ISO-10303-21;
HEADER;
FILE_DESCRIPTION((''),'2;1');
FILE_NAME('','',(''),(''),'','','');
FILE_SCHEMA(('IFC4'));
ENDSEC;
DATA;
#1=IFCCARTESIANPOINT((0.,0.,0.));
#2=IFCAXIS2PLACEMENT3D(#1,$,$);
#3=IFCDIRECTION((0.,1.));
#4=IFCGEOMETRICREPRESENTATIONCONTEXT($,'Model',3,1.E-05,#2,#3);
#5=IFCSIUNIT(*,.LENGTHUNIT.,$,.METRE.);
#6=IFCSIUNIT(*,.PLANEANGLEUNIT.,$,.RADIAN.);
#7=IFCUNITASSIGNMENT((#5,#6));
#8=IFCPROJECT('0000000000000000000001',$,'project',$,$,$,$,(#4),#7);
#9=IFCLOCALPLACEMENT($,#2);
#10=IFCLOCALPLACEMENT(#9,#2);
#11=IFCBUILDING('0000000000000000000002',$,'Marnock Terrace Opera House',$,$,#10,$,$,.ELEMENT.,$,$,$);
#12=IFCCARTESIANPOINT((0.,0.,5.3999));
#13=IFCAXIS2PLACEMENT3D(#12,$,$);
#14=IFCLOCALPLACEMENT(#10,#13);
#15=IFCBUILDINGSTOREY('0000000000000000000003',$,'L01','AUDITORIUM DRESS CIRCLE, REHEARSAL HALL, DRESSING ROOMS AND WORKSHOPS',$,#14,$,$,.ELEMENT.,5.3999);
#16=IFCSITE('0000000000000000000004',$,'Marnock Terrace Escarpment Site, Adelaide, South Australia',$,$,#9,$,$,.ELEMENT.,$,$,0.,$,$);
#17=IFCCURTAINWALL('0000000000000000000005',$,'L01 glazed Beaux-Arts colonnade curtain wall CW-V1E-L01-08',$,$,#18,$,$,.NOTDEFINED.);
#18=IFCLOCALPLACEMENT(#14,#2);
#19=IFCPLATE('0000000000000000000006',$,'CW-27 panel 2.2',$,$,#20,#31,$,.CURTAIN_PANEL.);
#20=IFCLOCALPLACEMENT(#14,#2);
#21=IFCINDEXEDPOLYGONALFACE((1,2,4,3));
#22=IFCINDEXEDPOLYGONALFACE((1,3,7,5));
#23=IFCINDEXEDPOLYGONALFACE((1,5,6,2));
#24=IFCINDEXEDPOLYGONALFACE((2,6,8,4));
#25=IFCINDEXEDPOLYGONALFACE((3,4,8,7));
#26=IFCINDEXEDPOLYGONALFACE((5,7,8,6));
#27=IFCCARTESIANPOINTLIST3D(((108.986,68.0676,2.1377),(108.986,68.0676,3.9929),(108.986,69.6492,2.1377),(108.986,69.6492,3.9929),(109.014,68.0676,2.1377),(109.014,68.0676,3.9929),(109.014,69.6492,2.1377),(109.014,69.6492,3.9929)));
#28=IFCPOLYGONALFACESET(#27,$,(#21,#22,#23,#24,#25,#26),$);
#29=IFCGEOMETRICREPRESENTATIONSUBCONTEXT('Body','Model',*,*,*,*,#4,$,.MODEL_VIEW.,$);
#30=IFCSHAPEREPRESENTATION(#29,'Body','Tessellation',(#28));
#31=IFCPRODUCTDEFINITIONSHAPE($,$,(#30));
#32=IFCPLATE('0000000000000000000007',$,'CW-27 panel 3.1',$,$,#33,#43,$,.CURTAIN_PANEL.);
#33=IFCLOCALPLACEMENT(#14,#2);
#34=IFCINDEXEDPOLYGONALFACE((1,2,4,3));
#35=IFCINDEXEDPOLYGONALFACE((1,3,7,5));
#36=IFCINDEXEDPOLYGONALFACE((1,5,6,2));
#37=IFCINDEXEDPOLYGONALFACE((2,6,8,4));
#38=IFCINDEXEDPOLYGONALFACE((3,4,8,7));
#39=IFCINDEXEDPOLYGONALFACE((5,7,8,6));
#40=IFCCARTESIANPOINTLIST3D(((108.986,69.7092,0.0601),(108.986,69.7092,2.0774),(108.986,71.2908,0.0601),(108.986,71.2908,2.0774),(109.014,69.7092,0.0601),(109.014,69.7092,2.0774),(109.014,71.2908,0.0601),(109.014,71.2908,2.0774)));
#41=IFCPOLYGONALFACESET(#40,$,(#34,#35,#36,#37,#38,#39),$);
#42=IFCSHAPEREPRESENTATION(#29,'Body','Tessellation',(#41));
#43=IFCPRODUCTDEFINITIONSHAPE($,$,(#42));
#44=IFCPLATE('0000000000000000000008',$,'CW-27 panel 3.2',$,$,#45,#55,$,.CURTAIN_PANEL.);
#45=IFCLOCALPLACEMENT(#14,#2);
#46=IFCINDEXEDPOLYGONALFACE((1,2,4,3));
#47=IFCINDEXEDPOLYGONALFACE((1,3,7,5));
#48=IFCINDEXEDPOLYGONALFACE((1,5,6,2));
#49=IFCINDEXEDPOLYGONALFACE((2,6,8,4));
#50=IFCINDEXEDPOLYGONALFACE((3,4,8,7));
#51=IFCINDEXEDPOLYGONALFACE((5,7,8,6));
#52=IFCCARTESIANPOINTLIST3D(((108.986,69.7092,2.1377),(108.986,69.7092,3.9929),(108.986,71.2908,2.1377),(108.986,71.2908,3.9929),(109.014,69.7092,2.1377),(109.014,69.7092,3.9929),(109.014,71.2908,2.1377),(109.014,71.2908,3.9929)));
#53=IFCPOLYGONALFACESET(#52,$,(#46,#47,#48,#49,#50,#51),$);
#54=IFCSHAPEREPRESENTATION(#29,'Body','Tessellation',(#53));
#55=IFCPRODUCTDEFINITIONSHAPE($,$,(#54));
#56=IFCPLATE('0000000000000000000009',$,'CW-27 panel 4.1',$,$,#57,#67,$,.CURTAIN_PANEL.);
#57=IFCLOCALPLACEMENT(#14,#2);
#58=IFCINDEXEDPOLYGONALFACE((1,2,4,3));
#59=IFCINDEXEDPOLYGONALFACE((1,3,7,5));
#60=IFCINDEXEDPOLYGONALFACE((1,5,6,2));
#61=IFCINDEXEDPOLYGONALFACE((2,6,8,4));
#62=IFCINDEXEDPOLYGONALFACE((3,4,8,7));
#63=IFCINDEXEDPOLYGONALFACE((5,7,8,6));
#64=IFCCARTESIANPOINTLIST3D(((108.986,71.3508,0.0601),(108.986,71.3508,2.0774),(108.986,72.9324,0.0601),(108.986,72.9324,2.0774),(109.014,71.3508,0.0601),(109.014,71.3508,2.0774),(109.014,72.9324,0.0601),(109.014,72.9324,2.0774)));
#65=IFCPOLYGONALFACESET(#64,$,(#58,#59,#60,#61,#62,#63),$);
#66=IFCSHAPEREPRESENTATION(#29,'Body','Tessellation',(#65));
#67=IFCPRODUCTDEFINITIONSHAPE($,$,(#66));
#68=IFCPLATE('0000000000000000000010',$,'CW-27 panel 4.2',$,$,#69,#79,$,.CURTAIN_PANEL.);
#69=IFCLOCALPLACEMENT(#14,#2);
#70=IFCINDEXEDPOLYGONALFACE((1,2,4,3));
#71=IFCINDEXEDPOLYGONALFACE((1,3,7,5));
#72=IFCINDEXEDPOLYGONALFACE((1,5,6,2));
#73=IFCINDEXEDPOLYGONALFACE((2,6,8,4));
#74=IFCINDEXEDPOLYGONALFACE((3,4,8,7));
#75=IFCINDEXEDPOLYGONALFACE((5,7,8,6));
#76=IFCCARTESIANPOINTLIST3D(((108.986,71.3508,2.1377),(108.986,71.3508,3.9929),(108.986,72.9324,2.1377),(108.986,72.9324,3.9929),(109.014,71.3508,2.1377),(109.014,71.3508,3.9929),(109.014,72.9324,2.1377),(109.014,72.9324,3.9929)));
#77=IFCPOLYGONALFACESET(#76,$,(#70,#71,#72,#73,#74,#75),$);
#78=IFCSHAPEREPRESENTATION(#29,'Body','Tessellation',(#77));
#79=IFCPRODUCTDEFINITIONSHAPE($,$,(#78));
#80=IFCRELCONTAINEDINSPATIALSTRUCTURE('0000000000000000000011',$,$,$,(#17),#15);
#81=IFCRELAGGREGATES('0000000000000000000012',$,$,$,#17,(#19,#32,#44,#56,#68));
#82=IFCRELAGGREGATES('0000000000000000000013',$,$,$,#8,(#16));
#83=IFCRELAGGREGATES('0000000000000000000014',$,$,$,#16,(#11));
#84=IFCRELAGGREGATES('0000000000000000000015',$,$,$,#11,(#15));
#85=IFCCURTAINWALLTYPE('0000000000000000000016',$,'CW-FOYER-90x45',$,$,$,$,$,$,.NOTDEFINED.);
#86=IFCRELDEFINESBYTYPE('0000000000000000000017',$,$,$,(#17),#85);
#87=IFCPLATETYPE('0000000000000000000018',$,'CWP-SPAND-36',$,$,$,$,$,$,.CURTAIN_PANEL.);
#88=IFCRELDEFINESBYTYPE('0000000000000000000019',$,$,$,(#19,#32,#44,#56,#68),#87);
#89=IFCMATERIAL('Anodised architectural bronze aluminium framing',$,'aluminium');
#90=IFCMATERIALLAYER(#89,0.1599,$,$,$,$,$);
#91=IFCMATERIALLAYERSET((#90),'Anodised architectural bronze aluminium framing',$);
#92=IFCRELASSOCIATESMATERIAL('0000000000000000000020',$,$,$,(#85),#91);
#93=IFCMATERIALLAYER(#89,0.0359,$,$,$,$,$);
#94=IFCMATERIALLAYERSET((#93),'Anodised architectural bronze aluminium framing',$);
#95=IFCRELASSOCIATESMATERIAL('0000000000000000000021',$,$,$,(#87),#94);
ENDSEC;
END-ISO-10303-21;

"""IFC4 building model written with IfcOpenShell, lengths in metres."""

from ifc_helpers import new_model, si_unit, direction, frame, origin, origin_2d, place, context, subcontext, project, spatial, rectangle, extrude, material, layer, layer_set, type_object, element, aggregate, save


model = new_model("IFC4")

# Units and contexts
model_context = context("Model", 3, precision=1e-05, world=origin(), true_north=direction((0.0, 1.0)))
body_context = subcontext(model_context, "Body", "Model", "MODEL_VIEW")
ifc_project = project(units=[si_unit("LENGTHUNIT", "METRE"), si_unit("PLANEANGLEUNIT", "RADIAN")], contexts=[model_context])

# Site, building, storey
site_placement = place(None, origin())
site = spatial("IfcSite", under=ifc_project, at=site_placement, Name="Marnock Terrace Escarpment Site, Adelaide, South Australia", CompositionType="ELEMENT", RefElevation=0.0)
building_placement = place(site_placement, origin())
building = spatial("IfcBuilding", under=site, at=building_placement, Name="Marnock Terrace Opera House", CompositionType="ELEMENT")
storey_placement = place(building_placement, frame((0.0, 0.0, 5.3999)))
storey = spatial("IfcBuildingStorey", under=building, at=storey_placement, Name="L01", Description="AUDITORIUM DRESS CIRCLE, REHEARSAL HALL, DRESSING ROOMS AND WORKSHOPS", CompositionType="ELEMENT", Elevation=5.3999)

# Curtain wall, plates
ifc_material = material(Name="Anodised architectural bronze aluminium framing", Category="aluminium")
ifc_layer_1 = layer(ifc_material, 0.1599)
ifc_layer_set_1 = layer_set([ifc_layer_1], Name="Anodised architectural bronze aluminium framing")
curtain_wall_type = type_object("IfcCurtainWallType", Name="CW-FOYER-90x45", PredefinedType="NOTDEFINED", material=ifc_layer_set_1)
curtain_wall_placement = place(storey_placement, origin())
curtain_wall = element("IfcCurtainWall", 1, at=curtain_wall_placement, inside=storey, type_object=curtain_wall_type, Name="L01 glazed Beaux-Arts colonnade curtain wall CW-V1E-L01-08", PredefinedType="NOTDEFINED")
ifc_layer_2 = layer(ifc_material, 0.0359)
ifc_layer_set_2 = layer_set([ifc_layer_2], Name="Anodised architectural bronze aluminium framing")
plate_type = type_object("IfcPlateType", Name="CWP-SPAND-36", PredefinedType="CURTAIN_PANEL", material=ifc_layer_set_2)
plate_1_placement = place(storey_placement, frame((109.0, 68.8584, 2.1377), z_axis=(0.0, 0.0, 1.0), x_axis=(0.0, 1.0, 0.0)))
plate_1 = element("IfcPlate", 2, at=plate_1_placement, type_object=plate_type, Name="CW-27 panel 2.2", PredefinedType="CURTAIN_PANEL", context=body_context, shape_type="SweptSolid", body=[
    extrude(rectangle(XDim=1.5815, YDim=0.0281, at=origin_2d()), origin(), (0.0, 0.0, 1.0), 1.8552),
])
plate_2_placement = place(storey_placement, frame((109.0, 70.5, 0.0601), z_axis=(0.0, 0.0, 1.0), x_axis=(0.0, 1.0, 0.0)))
plate_2 = element("IfcPlate", 3, at=plate_2_placement, type_object=plate_type, Name="CW-27 panel 3.1", PredefinedType="CURTAIN_PANEL", context=body_context, shape_type="SweptSolid", body=[
    extrude(rectangle(XDim=1.5815, YDim=0.0281, at=origin_2d()), origin(), (0.0, 0.0, 1.0), 2.0173),
])
plate_3_placement = place(storey_placement, frame((109.0, 70.5, 2.1377), z_axis=(0.0, 0.0, 1.0), x_axis=(0.0, 1.0, 0.0)))
plate_3 = element("IfcPlate", 4, at=plate_3_placement, type_object=plate_type, Name="CW-27 panel 3.2", PredefinedType="CURTAIN_PANEL", context=body_context, shape_type="SweptSolid", body=[
    extrude(rectangle(XDim=1.5815, YDim=0.0281, at=origin_2d()), origin(), (0.0, 0.0, 1.0), 1.8552),
])
plate_4_placement = place(storey_placement, frame((109.0, 72.1416, 0.0601), z_axis=(0.0, 0.0, 1.0), x_axis=(0.0, 1.0, 0.0)))
plate_4 = element("IfcPlate", 5, at=plate_4_placement, type_object=plate_type, Name="CW-27 panel 4.1", PredefinedType="CURTAIN_PANEL", context=body_context, shape_type="SweptSolid", body=[
    extrude(rectangle(XDim=1.5815, YDim=0.0281, at=origin_2d()), origin(), (0.0, 0.0, 1.0), 2.0173),
])
plate_5_placement = place(storey_placement, frame((109.0, 72.1416, 2.1377), z_axis=(0.0, 0.0, 1.0), x_axis=(0.0, 1.0, 0.0)))
plate_5 = element("IfcPlate", 6, at=plate_5_placement, type_object=plate_type, Name="CW-27 panel 4.2", PredefinedType="CURTAIN_PANEL", context=body_context, shape_type="SweptSolid", body=[
    extrude(rectangle(XDim=1.5815, YDim=0.0281, at=origin_2d()), origin(), (0.0, 0.0, 1.0), 1.8552),
])
aggregate(curtain_wall, [plate_1, plate_2, plate_3, plate_4, plate_5])

save(model, "model.ifc")
